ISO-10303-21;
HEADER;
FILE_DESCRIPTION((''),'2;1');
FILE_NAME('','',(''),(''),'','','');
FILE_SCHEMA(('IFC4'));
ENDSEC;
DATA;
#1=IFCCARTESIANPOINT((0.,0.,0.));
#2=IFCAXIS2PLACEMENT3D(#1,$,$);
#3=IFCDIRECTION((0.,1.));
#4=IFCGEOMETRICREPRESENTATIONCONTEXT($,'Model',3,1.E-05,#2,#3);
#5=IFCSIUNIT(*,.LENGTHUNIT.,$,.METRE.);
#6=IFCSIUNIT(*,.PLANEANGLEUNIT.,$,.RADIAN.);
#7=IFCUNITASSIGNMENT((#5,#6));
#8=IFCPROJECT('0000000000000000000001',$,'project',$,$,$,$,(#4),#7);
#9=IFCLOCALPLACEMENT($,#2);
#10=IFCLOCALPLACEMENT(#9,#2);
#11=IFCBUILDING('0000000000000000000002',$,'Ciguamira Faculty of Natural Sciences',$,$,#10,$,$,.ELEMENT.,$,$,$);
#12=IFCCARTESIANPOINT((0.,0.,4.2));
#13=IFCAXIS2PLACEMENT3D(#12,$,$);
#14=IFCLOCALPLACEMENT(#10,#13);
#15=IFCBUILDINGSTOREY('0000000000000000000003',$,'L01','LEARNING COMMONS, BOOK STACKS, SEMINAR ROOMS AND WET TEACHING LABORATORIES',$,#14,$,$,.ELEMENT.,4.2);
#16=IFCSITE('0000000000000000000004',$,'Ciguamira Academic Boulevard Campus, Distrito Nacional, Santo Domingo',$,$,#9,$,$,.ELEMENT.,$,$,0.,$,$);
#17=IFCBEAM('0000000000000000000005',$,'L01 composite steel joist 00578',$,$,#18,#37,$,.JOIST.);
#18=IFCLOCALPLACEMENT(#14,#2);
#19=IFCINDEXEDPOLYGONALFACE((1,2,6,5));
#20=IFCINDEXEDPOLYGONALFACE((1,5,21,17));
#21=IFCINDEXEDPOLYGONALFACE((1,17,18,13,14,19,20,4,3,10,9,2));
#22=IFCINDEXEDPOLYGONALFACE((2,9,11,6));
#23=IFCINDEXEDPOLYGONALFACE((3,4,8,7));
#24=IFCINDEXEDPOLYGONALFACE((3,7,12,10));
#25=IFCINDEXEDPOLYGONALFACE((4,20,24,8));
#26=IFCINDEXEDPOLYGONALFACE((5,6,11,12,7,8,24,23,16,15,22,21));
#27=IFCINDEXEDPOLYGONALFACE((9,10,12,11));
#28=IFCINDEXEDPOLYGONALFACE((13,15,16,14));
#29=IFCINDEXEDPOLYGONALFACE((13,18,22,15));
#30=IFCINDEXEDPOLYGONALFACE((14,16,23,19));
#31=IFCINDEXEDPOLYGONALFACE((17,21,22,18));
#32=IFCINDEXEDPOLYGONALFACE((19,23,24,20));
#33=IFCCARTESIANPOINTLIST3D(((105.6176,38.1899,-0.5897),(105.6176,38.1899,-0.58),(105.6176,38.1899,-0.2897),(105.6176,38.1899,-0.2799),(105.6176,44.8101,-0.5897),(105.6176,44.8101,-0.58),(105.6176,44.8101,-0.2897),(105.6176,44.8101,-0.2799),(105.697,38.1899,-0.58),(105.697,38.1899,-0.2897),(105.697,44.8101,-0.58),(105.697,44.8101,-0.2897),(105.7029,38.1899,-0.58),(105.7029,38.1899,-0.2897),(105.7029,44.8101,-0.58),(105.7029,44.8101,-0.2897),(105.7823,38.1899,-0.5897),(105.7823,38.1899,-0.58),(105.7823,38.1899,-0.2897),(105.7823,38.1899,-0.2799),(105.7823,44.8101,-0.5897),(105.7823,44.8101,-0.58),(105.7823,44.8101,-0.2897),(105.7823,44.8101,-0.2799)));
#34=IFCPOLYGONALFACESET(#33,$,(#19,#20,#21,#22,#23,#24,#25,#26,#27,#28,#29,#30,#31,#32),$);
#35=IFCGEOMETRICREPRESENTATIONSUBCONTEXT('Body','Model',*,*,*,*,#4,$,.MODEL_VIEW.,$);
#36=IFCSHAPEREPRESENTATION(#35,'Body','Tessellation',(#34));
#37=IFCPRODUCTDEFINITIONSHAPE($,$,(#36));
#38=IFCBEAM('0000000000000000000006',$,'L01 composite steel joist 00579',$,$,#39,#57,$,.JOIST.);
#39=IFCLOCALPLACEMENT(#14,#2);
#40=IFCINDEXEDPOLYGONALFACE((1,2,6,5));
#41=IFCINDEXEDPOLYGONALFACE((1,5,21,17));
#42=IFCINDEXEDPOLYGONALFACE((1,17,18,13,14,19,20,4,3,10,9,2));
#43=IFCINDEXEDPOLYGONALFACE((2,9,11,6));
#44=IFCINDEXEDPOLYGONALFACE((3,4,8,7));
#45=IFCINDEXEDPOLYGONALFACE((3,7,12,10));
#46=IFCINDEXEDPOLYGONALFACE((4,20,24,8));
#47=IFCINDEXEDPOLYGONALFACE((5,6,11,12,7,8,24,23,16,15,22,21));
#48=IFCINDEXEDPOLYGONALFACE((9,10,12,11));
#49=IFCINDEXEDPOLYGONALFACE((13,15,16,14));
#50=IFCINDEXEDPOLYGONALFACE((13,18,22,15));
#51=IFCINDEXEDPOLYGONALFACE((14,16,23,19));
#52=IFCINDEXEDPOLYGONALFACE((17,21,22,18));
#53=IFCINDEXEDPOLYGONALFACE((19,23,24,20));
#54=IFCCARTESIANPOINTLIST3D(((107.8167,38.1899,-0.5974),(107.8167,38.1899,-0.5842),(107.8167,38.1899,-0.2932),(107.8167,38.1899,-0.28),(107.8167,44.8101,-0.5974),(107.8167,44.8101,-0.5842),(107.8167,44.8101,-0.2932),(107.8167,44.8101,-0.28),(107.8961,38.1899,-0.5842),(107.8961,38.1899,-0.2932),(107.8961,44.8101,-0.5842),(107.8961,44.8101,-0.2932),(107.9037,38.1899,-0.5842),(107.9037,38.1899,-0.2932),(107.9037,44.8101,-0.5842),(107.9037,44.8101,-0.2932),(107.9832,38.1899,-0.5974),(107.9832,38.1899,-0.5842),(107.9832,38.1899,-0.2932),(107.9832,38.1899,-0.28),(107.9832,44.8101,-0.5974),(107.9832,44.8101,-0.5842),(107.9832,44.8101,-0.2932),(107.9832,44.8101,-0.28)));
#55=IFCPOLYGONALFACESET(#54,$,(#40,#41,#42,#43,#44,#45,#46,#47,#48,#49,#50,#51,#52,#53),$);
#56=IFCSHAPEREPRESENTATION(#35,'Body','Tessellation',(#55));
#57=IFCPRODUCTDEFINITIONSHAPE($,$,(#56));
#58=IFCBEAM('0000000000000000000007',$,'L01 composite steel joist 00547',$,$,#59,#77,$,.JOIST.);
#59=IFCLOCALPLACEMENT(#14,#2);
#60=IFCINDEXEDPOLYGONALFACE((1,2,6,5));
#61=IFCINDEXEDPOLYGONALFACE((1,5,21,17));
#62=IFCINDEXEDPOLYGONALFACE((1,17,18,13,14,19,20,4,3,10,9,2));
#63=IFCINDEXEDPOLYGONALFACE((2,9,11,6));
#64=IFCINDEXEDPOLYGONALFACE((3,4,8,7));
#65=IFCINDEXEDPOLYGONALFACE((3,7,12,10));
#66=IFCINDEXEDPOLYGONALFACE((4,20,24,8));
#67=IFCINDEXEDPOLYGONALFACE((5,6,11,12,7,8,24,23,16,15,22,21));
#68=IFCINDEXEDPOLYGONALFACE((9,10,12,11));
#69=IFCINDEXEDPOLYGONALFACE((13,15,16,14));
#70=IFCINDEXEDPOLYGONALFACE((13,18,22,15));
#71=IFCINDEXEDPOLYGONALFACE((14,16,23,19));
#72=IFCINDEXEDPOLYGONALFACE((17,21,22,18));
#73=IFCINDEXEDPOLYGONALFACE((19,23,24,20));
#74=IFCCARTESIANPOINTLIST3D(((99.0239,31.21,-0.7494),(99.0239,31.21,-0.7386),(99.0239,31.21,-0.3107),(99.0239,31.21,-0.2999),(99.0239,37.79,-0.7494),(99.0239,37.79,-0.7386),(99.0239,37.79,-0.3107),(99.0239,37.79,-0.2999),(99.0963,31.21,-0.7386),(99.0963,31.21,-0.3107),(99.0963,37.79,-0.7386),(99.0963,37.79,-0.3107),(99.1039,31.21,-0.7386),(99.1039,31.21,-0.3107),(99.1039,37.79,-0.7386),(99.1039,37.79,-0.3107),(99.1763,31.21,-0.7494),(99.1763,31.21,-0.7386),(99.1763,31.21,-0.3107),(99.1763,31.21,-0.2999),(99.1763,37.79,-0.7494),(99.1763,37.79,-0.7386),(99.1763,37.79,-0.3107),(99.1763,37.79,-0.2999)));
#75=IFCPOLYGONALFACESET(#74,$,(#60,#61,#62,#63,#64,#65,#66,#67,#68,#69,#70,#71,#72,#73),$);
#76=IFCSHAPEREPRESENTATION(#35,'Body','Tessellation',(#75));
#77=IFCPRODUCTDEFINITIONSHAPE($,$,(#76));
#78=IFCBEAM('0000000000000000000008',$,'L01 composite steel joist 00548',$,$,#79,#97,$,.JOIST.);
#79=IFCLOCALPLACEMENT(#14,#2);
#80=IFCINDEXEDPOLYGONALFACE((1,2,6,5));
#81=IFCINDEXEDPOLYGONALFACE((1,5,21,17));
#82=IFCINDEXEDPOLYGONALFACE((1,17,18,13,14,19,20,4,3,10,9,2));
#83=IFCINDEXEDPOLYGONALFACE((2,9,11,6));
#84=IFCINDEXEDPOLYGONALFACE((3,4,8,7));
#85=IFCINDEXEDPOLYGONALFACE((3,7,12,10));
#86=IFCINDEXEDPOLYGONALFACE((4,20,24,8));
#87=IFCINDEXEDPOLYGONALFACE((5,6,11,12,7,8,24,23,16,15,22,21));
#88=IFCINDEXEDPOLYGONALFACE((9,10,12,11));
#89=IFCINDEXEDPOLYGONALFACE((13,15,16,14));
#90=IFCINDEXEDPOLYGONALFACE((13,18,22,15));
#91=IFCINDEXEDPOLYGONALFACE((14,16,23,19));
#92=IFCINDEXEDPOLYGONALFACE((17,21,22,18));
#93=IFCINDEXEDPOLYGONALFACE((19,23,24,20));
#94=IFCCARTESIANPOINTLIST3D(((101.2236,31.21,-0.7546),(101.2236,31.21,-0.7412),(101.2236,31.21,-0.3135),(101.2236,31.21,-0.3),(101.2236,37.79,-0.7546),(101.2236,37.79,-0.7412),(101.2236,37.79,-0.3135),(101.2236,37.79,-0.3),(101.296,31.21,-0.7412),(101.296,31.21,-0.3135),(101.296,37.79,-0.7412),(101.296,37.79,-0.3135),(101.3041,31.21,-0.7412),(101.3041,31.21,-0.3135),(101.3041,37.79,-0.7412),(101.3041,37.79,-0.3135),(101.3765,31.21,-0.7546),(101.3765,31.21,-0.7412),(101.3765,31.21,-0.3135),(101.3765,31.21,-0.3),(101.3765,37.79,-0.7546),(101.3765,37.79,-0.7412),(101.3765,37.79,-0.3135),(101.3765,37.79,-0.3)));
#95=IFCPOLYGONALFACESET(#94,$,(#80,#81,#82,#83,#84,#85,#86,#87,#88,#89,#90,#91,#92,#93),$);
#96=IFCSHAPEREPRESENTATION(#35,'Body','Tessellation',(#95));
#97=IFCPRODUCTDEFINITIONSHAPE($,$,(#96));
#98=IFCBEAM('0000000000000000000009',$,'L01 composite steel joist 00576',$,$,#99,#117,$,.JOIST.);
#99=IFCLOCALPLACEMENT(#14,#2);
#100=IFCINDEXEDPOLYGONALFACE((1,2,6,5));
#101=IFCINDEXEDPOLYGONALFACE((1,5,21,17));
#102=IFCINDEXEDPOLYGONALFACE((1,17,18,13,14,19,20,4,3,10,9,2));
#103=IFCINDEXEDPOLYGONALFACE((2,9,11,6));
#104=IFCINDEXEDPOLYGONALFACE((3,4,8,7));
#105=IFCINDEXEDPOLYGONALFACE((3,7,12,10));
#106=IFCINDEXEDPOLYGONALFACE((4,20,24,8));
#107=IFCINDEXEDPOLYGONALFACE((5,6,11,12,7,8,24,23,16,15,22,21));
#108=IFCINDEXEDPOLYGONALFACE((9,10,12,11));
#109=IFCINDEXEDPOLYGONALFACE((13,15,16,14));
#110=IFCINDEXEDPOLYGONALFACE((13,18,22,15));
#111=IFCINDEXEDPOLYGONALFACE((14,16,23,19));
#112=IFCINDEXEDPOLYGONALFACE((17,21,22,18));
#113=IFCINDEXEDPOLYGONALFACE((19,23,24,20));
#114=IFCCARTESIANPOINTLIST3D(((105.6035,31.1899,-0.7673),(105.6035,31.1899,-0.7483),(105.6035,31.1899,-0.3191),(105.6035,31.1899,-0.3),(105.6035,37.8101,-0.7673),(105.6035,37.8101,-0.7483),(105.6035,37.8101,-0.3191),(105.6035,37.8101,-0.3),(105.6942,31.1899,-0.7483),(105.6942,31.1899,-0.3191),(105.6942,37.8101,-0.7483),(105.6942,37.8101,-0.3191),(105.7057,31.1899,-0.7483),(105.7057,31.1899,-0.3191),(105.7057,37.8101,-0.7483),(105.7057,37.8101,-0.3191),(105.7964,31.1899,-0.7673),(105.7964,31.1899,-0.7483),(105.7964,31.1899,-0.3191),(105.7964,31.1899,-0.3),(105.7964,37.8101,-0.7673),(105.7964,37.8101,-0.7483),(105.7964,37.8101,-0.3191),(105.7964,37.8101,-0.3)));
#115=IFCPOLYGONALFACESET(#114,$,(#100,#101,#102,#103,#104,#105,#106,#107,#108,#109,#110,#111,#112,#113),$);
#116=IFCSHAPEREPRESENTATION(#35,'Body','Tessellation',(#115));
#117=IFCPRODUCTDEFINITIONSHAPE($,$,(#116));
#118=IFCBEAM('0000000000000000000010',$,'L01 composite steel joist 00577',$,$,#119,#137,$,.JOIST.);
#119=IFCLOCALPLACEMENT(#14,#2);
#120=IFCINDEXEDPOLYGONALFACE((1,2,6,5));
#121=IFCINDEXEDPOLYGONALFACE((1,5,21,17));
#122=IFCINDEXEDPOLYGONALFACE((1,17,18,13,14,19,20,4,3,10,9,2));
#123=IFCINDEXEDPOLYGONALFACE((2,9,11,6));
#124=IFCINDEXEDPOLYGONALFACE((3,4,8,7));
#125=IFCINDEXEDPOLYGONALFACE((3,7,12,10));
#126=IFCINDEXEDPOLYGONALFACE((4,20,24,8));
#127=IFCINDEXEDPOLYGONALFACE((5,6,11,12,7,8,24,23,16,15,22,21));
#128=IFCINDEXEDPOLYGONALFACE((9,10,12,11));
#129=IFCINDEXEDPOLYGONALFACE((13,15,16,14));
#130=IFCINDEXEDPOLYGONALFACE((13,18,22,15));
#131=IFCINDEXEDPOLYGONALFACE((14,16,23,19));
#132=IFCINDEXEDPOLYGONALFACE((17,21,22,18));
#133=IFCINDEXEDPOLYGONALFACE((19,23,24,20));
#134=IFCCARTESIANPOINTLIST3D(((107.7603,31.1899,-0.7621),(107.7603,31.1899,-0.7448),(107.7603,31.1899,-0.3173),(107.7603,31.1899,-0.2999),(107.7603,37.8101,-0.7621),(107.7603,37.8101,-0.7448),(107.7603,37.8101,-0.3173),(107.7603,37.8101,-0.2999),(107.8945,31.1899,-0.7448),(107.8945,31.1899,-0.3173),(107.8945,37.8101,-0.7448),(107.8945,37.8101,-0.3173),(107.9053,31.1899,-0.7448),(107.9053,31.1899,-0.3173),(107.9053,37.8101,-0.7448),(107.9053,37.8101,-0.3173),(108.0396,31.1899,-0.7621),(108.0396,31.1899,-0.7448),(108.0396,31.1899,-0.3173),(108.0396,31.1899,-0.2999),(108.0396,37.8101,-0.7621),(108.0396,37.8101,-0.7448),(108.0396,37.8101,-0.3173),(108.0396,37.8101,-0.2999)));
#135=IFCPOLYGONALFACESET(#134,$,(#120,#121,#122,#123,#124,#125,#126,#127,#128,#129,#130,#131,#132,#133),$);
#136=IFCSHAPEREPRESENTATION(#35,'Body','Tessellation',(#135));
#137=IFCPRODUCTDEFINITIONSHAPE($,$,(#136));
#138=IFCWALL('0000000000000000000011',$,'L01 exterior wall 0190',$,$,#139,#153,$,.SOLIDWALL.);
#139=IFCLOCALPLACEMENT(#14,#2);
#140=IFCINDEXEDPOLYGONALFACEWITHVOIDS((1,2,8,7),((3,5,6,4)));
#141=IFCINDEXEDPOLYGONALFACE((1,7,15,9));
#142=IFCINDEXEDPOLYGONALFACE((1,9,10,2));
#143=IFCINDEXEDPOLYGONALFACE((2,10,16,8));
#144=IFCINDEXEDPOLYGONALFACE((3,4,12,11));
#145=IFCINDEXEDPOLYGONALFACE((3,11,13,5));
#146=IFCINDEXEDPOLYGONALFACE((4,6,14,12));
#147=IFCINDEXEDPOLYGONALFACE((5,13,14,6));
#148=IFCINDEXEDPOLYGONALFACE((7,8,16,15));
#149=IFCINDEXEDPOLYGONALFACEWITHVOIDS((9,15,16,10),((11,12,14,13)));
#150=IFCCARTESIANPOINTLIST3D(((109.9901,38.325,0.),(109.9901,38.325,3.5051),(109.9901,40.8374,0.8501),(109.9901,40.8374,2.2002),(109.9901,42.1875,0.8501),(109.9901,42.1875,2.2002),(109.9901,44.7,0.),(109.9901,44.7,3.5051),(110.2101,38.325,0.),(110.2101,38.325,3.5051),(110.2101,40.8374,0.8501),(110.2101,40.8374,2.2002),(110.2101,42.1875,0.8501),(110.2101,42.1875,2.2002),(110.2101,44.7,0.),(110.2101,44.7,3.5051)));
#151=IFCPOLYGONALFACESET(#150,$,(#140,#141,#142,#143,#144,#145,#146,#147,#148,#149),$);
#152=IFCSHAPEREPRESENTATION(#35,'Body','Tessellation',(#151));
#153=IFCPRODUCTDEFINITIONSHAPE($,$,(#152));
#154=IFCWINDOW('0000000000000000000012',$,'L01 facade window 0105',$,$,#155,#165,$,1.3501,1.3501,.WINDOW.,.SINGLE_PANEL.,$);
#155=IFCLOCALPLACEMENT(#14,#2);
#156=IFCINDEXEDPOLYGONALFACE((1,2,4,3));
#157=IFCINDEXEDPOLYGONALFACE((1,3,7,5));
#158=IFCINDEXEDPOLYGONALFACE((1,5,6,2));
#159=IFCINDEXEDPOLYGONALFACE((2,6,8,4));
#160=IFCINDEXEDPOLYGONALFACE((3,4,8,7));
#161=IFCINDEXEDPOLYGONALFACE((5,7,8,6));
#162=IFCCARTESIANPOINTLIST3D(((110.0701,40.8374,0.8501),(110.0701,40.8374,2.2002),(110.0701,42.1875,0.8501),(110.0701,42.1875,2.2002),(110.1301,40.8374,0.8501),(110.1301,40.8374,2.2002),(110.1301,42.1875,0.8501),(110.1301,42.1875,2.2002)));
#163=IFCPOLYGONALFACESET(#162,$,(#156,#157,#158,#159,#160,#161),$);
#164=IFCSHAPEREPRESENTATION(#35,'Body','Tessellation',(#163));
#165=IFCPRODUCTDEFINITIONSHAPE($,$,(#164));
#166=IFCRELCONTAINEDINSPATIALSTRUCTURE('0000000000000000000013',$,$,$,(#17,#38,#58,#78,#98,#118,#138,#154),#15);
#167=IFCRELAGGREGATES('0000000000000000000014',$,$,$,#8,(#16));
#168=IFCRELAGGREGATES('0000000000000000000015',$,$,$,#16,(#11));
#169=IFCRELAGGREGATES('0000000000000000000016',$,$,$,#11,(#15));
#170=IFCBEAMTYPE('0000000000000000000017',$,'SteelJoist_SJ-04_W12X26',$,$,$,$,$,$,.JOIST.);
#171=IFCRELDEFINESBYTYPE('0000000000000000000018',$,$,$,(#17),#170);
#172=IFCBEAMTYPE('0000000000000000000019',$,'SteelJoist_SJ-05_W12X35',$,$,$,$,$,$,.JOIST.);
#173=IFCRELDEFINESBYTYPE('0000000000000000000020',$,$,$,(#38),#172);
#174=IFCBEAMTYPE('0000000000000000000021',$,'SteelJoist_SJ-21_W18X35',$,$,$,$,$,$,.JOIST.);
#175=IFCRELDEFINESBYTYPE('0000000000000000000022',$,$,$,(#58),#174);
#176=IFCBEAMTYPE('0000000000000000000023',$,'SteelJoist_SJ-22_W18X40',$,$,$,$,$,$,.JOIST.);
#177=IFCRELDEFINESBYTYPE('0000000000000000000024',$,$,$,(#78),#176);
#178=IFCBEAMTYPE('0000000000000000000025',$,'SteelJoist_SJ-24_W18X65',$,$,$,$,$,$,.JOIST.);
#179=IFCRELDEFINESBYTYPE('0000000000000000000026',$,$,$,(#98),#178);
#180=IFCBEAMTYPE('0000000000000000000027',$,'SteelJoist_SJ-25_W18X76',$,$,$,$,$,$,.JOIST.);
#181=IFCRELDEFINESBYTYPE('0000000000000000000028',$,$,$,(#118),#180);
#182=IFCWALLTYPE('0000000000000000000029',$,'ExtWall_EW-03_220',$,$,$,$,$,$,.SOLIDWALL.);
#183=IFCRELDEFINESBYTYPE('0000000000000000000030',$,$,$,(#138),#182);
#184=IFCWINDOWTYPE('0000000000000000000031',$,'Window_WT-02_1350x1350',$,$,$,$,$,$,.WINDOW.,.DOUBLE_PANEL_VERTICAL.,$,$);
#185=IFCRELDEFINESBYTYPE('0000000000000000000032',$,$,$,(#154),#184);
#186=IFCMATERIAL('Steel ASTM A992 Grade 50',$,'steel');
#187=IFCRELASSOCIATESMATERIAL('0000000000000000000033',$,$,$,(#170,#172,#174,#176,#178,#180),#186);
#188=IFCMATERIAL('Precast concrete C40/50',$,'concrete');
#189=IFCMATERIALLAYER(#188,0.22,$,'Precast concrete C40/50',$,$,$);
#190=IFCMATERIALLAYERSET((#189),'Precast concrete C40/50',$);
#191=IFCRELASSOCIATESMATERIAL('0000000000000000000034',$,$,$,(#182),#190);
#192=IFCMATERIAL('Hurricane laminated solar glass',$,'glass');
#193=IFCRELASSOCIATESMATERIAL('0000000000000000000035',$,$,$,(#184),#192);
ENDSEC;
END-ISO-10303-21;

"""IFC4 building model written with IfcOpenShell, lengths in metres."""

from ifc_helpers import new_model, si_unit, direction, frame, frame_2d, origin, origin_2d, place, context, subcontext, project, spatial, rectangle, i_section, extrude, material, layer, layer_set, material_profile, profile_set, type_object, element, fill, save


model = new_model("IFC4")

# Units and contexts
model_context = context("Model", 3, precision=1e-05, world=origin(), true_north=direction((0.0, 1.0)))
body_context = subcontext(model_context, "Body", "Model", "MODEL_VIEW")
ifc_project = project(units=[si_unit("LENGTHUNIT", "METRE"), si_unit("PLANEANGLEUNIT", "RADIAN")], contexts=[model_context])

# Site, building, storey
site_placement = place(None, origin())
site = spatial("IfcSite", under=ifc_project, at=site_placement, Name="Ciguamira Academic Boulevard Campus, Distrito Nacional, Santo Domingo", CompositionType="ELEMENT", RefElevation=0.0)
building_placement = place(site_placement, origin())
building = spatial("IfcBuilding", under=site, at=building_placement, Name="Ciguamira Faculty of Natural Sciences", CompositionType="ELEMENT")
storey_placement = place(building_placement, frame((0.0, 0.0, 4.2)))
storey = spatial("IfcBuildingStorey", under=building, at=storey_placement, Name="L01", Description="LEARNING COMMONS, BOOK STACKS, SEMINAR ROOMS AND WET TEACHING LABORATORIES", CompositionType="ELEMENT", Elevation=4.2)

# Beams
ifc_material_1 = material(Name="Steel ASTM A992 Grade 50", Category="steel")
ifc_material_profile_1 = material_profile(ifc_material_1, i_section(OverallWidth=0.1648, OverallDepth=0.3098, WebThickness=0.0059, FlangeThickness=0.0098, at=origin_2d()), Name="W12X26")
ifc_profile_set_1 = profile_set([ifc_material_profile_1], Name="Steel ASTM A992 Grade 50")
beam_type_1 = type_object("IfcBeamType", Name="SteelJoist_SJ-04_W12X26", PredefinedType="JOIST", material=ifc_profile_set_1)
beam_1_placement = place(storey_placement, frame((105.7, 38.1899, -0.4348), z_axis=(0.0, 1.0, 0.0), x_axis=(-1.0, 0.0, 0.0)))
element("IfcBeam", 1, at=beam_1_placement, inside=storey, type_object=beam_type_1, Name="L01 composite steel joist 00578", PredefinedType="JOIST", context=body_context, shape_type="SweptSolid", body=[
    extrude(i_section(OverallWidth=0.1648, OverallDepth=0.3098, WebThickness=0.0059, FlangeThickness=0.0098, at=origin_2d()), origin(), (0.0, 0.0, 1.0), 6.6201),
])
ifc_material_profile_2 = material_profile(ifc_material_1, i_section(OverallWidth=0.1665, OverallDepth=0.3174, WebThickness=0.0076, FlangeThickness=0.0132, at=origin_2d()), Name="W12X35")
ifc_profile_set_2 = profile_set([ifc_material_profile_2], Name="Steel ASTM A992 Grade 50")
beam_type_2 = type_object("IfcBeamType", Name="SteelJoist_SJ-05_W12X35", PredefinedType="JOIST", material=ifc_profile_set_2)
beam_2_placement = place(storey_placement, frame((107.8999, 38.1899, -0.4387), z_axis=(0.0, 1.0, 0.0), x_axis=(-1.0, 0.0, 0.0)))
element("IfcBeam", 2, at=beam_2_placement, inside=storey, type_object=beam_type_2, Name="L01 composite steel joist 00579", PredefinedType="JOIST", context=body_context, shape_type="SweptSolid", body=[
    extrude(i_section(OverallWidth=0.1665, OverallDepth=0.3174, WebThickness=0.0076, FlangeThickness=0.0132, at=origin_2d()), origin(), (0.0, 0.0, 1.0), 6.6201),
])
ifc_material_profile_3 = material_profile(ifc_material_1, i_section(OverallWidth=0.1523, OverallDepth=0.4495, WebThickness=0.0076, FlangeThickness=0.0107, at=origin_2d()), Name="W18X35")
ifc_profile_set_3 = profile_set([ifc_material_profile_3], Name="Steel ASTM A992 Grade 50")
beam_type_3 = type_object("IfcBeamType", Name="SteelJoist_SJ-21_W18X35", PredefinedType="JOIST", material=ifc_profile_set_3)
beam_3_placement = place(storey_placement, frame((99.1001, 31.21, -0.5247), z_axis=(0.0, 1.0, 0.0), x_axis=(-1.0, 0.0, 0.0)))
element("IfcBeam", 3, at=beam_3_placement, inside=storey, type_object=beam_type_3, Name="L01 composite steel joist 00547", PredefinedType="JOIST", context=body_context, shape_type="SweptSolid", body=[
    extrude(i_section(OverallWidth=0.1523, OverallDepth=0.4495, WebThickness=0.0076, FlangeThickness=0.0107, at=origin_2d()), origin(), (0.0, 0.0, 1.0), 6.5801),
])
ifc_material_profile_4 = material_profile(ifc_material_1, i_section(OverallWidth=0.1528, OverallDepth=0.4546, WebThickness=0.0081, FlangeThickness=0.0134, at=origin_2d()), Name="W18X40")
ifc_profile_set_4 = profile_set([ifc_material_profile_4], Name="Steel ASTM A992 Grade 50")
beam_type_4 = type_object("IfcBeamType", Name="SteelJoist_SJ-22_W18X40", PredefinedType="JOIST", material=ifc_profile_set_4)
beam_4_placement = place(storey_placement, frame((101.3, 31.21, -0.5273), z_axis=(0.0, 1.0, 0.0), x_axis=(-1.0, 0.0, 0.0)))
element("IfcBeam", 4, at=beam_4_placement, inside=storey, type_object=beam_type_4, Name="L01 composite steel joist 00548", PredefinedType="JOIST", context=body_context, shape_type="SweptSolid", body=[
    extrude(i_section(OverallWidth=0.1528, OverallDepth=0.4546, WebThickness=0.0081, FlangeThickness=0.0134, at=origin_2d()), origin(), (0.0, 0.0, 1.0), 6.5801),
])
ifc_material_profile_5 = material_profile(ifc_material_1, i_section(OverallWidth=0.1929, OverallDepth=0.4673, WebThickness=0.0115, FlangeThickness=0.019, at=origin_2d()), Name="W18X65")
ifc_profile_set_5 = profile_set([ifc_material_profile_5], Name="Steel ASTM A992 Grade 50")
beam_type_5 = type_object("IfcBeamType", Name="SteelJoist_SJ-24_W18X65", PredefinedType="JOIST", material=ifc_profile_set_5)
beam_5_placement = place(storey_placement, frame((105.7, 31.1899, -0.5337), z_axis=(0.0, 1.0, 0.0), x_axis=(-1.0, 0.0, 0.0)))
element("IfcBeam", 5, at=beam_5_placement, inside=storey, type_object=beam_type_5, Name="L01 composite steel joist 00576", PredefinedType="JOIST", context=body_context, shape_type="SweptSolid", body=[
    extrude(i_section(OverallWidth=0.1929, OverallDepth=0.4673, WebThickness=0.0115, FlangeThickness=0.019, at=origin_2d()), origin(), (0.0, 0.0, 1.0), 6.6201),
])
ifc_material_profile_6 = material_profile(ifc_material_1, i_section(OverallWidth=0.2793, OverallDepth=0.4622, WebThickness=0.0107, FlangeThickness=0.0173, at=origin_2d()), Name="W18X76")
ifc_profile_set_6 = profile_set([ifc_material_profile_6], Name="Steel ASTM A992 Grade 50")
beam_type_6 = type_object("IfcBeamType", Name="SteelJoist_SJ-25_W18X76", PredefinedType="JOIST", material=ifc_profile_set_6)
beam_6_placement = place(storey_placement, frame((107.8999, 31.1899, -0.531), z_axis=(0.0, 1.0, 0.0), x_axis=(-1.0, 0.0, 0.0)))
element("IfcBeam", 6, at=beam_6_placement, inside=storey, type_object=beam_type_6, Name="L01 composite steel joist 00577", PredefinedType="JOIST", context=body_context, shape_type="SweptSolid", body=[
    extrude(i_section(OverallWidth=0.2793, OverallDepth=0.4622, WebThickness=0.0107, FlangeThickness=0.0173, at=origin_2d()), origin(), (0.0, 0.0, 1.0), 6.6201),
])

# Wall, opening, window
ifc_material_2 = material(Name="Precast concrete C40/50", Category="concrete")
ifc_layer = layer(ifc_material_2, 0.22, Name="Precast concrete C40/50")
ifc_layer_set = layer_set([ifc_layer], Name="Precast concrete C40/50")
wall_type = type_object("IfcWallType", Name="ExtWall_EW-03_220", PredefinedType="SOLIDWALL", material=ifc_layer_set)
wall_placement = place(storey_placement, frame((110.1001, 38.325, 0.0), z_axis=(0.0, 0.0, 1.0), x_axis=(0.0, 1.0, 0.0)))
wall = element("IfcWall", 7, at=wall_placement, inside=storey, type_object=wall_type, Name="L01 exterior wall 0190", PredefinedType="SOLIDWALL", context=body_context, shape_type="SweptSolid", body=[
    extrude(rectangle(XDim=6.375, YDim=0.22, at=frame_2d((3.1875, 0.0))), origin(), (0.0, 0.0, 1.0), 3.5051),
])
opening_placement = place(wall_placement, frame((2.5125, 0.0, 0.8501)))
opening = element("IfcOpeningElement", 8, at=opening_placement, cuts=wall, PredefinedType="OPENING", context=body_context, shape_type="SweptSolid", body=[
    extrude(rectangle(XDim=1.3501, YDim=1.3501, at=frame_2d((0.675, 0.675))), frame((0.0, 0.1199, 0.0), z_axis=(0.0, -1.0, 0.0), x_axis=(1.0, 0.0, 0.0)), (0.0, 0.0, 1.0), 0.24),
])
ifc_material_3 = material(Name="Hurricane laminated solar glass", Category="glass")
window_type = type_object("IfcWindowType", Name="Window_WT-02_1350x1350", PartitioningType="DOUBLE_PANEL_VERTICAL", PredefinedType="WINDOW", material=ifc_material_3)
window_placement = place(opening_placement, origin())
window = element("IfcWindow", 9, at=window_placement, inside=storey, type_object=window_type, Name="L01 facade window 0105", OverallHeight=1.3501, OverallWidth=1.3501, PartitioningType="SINGLE_PANEL", PredefinedType="WINDOW", context=body_context, shape_type="SweptSolid", body=[
    extrude(rectangle(XDim=1.3501, YDim=1.3501, at=frame_2d((0.675, 0.675))), frame((0.0, 0.03, 0.0), z_axis=(0.0, -1.0, 0.0), x_axis=(1.0, 0.0, 0.0)), (0.0, 0.0, 1.0), 0.0601),
])
fill(opening, window)

save(model, "model.ifc")
